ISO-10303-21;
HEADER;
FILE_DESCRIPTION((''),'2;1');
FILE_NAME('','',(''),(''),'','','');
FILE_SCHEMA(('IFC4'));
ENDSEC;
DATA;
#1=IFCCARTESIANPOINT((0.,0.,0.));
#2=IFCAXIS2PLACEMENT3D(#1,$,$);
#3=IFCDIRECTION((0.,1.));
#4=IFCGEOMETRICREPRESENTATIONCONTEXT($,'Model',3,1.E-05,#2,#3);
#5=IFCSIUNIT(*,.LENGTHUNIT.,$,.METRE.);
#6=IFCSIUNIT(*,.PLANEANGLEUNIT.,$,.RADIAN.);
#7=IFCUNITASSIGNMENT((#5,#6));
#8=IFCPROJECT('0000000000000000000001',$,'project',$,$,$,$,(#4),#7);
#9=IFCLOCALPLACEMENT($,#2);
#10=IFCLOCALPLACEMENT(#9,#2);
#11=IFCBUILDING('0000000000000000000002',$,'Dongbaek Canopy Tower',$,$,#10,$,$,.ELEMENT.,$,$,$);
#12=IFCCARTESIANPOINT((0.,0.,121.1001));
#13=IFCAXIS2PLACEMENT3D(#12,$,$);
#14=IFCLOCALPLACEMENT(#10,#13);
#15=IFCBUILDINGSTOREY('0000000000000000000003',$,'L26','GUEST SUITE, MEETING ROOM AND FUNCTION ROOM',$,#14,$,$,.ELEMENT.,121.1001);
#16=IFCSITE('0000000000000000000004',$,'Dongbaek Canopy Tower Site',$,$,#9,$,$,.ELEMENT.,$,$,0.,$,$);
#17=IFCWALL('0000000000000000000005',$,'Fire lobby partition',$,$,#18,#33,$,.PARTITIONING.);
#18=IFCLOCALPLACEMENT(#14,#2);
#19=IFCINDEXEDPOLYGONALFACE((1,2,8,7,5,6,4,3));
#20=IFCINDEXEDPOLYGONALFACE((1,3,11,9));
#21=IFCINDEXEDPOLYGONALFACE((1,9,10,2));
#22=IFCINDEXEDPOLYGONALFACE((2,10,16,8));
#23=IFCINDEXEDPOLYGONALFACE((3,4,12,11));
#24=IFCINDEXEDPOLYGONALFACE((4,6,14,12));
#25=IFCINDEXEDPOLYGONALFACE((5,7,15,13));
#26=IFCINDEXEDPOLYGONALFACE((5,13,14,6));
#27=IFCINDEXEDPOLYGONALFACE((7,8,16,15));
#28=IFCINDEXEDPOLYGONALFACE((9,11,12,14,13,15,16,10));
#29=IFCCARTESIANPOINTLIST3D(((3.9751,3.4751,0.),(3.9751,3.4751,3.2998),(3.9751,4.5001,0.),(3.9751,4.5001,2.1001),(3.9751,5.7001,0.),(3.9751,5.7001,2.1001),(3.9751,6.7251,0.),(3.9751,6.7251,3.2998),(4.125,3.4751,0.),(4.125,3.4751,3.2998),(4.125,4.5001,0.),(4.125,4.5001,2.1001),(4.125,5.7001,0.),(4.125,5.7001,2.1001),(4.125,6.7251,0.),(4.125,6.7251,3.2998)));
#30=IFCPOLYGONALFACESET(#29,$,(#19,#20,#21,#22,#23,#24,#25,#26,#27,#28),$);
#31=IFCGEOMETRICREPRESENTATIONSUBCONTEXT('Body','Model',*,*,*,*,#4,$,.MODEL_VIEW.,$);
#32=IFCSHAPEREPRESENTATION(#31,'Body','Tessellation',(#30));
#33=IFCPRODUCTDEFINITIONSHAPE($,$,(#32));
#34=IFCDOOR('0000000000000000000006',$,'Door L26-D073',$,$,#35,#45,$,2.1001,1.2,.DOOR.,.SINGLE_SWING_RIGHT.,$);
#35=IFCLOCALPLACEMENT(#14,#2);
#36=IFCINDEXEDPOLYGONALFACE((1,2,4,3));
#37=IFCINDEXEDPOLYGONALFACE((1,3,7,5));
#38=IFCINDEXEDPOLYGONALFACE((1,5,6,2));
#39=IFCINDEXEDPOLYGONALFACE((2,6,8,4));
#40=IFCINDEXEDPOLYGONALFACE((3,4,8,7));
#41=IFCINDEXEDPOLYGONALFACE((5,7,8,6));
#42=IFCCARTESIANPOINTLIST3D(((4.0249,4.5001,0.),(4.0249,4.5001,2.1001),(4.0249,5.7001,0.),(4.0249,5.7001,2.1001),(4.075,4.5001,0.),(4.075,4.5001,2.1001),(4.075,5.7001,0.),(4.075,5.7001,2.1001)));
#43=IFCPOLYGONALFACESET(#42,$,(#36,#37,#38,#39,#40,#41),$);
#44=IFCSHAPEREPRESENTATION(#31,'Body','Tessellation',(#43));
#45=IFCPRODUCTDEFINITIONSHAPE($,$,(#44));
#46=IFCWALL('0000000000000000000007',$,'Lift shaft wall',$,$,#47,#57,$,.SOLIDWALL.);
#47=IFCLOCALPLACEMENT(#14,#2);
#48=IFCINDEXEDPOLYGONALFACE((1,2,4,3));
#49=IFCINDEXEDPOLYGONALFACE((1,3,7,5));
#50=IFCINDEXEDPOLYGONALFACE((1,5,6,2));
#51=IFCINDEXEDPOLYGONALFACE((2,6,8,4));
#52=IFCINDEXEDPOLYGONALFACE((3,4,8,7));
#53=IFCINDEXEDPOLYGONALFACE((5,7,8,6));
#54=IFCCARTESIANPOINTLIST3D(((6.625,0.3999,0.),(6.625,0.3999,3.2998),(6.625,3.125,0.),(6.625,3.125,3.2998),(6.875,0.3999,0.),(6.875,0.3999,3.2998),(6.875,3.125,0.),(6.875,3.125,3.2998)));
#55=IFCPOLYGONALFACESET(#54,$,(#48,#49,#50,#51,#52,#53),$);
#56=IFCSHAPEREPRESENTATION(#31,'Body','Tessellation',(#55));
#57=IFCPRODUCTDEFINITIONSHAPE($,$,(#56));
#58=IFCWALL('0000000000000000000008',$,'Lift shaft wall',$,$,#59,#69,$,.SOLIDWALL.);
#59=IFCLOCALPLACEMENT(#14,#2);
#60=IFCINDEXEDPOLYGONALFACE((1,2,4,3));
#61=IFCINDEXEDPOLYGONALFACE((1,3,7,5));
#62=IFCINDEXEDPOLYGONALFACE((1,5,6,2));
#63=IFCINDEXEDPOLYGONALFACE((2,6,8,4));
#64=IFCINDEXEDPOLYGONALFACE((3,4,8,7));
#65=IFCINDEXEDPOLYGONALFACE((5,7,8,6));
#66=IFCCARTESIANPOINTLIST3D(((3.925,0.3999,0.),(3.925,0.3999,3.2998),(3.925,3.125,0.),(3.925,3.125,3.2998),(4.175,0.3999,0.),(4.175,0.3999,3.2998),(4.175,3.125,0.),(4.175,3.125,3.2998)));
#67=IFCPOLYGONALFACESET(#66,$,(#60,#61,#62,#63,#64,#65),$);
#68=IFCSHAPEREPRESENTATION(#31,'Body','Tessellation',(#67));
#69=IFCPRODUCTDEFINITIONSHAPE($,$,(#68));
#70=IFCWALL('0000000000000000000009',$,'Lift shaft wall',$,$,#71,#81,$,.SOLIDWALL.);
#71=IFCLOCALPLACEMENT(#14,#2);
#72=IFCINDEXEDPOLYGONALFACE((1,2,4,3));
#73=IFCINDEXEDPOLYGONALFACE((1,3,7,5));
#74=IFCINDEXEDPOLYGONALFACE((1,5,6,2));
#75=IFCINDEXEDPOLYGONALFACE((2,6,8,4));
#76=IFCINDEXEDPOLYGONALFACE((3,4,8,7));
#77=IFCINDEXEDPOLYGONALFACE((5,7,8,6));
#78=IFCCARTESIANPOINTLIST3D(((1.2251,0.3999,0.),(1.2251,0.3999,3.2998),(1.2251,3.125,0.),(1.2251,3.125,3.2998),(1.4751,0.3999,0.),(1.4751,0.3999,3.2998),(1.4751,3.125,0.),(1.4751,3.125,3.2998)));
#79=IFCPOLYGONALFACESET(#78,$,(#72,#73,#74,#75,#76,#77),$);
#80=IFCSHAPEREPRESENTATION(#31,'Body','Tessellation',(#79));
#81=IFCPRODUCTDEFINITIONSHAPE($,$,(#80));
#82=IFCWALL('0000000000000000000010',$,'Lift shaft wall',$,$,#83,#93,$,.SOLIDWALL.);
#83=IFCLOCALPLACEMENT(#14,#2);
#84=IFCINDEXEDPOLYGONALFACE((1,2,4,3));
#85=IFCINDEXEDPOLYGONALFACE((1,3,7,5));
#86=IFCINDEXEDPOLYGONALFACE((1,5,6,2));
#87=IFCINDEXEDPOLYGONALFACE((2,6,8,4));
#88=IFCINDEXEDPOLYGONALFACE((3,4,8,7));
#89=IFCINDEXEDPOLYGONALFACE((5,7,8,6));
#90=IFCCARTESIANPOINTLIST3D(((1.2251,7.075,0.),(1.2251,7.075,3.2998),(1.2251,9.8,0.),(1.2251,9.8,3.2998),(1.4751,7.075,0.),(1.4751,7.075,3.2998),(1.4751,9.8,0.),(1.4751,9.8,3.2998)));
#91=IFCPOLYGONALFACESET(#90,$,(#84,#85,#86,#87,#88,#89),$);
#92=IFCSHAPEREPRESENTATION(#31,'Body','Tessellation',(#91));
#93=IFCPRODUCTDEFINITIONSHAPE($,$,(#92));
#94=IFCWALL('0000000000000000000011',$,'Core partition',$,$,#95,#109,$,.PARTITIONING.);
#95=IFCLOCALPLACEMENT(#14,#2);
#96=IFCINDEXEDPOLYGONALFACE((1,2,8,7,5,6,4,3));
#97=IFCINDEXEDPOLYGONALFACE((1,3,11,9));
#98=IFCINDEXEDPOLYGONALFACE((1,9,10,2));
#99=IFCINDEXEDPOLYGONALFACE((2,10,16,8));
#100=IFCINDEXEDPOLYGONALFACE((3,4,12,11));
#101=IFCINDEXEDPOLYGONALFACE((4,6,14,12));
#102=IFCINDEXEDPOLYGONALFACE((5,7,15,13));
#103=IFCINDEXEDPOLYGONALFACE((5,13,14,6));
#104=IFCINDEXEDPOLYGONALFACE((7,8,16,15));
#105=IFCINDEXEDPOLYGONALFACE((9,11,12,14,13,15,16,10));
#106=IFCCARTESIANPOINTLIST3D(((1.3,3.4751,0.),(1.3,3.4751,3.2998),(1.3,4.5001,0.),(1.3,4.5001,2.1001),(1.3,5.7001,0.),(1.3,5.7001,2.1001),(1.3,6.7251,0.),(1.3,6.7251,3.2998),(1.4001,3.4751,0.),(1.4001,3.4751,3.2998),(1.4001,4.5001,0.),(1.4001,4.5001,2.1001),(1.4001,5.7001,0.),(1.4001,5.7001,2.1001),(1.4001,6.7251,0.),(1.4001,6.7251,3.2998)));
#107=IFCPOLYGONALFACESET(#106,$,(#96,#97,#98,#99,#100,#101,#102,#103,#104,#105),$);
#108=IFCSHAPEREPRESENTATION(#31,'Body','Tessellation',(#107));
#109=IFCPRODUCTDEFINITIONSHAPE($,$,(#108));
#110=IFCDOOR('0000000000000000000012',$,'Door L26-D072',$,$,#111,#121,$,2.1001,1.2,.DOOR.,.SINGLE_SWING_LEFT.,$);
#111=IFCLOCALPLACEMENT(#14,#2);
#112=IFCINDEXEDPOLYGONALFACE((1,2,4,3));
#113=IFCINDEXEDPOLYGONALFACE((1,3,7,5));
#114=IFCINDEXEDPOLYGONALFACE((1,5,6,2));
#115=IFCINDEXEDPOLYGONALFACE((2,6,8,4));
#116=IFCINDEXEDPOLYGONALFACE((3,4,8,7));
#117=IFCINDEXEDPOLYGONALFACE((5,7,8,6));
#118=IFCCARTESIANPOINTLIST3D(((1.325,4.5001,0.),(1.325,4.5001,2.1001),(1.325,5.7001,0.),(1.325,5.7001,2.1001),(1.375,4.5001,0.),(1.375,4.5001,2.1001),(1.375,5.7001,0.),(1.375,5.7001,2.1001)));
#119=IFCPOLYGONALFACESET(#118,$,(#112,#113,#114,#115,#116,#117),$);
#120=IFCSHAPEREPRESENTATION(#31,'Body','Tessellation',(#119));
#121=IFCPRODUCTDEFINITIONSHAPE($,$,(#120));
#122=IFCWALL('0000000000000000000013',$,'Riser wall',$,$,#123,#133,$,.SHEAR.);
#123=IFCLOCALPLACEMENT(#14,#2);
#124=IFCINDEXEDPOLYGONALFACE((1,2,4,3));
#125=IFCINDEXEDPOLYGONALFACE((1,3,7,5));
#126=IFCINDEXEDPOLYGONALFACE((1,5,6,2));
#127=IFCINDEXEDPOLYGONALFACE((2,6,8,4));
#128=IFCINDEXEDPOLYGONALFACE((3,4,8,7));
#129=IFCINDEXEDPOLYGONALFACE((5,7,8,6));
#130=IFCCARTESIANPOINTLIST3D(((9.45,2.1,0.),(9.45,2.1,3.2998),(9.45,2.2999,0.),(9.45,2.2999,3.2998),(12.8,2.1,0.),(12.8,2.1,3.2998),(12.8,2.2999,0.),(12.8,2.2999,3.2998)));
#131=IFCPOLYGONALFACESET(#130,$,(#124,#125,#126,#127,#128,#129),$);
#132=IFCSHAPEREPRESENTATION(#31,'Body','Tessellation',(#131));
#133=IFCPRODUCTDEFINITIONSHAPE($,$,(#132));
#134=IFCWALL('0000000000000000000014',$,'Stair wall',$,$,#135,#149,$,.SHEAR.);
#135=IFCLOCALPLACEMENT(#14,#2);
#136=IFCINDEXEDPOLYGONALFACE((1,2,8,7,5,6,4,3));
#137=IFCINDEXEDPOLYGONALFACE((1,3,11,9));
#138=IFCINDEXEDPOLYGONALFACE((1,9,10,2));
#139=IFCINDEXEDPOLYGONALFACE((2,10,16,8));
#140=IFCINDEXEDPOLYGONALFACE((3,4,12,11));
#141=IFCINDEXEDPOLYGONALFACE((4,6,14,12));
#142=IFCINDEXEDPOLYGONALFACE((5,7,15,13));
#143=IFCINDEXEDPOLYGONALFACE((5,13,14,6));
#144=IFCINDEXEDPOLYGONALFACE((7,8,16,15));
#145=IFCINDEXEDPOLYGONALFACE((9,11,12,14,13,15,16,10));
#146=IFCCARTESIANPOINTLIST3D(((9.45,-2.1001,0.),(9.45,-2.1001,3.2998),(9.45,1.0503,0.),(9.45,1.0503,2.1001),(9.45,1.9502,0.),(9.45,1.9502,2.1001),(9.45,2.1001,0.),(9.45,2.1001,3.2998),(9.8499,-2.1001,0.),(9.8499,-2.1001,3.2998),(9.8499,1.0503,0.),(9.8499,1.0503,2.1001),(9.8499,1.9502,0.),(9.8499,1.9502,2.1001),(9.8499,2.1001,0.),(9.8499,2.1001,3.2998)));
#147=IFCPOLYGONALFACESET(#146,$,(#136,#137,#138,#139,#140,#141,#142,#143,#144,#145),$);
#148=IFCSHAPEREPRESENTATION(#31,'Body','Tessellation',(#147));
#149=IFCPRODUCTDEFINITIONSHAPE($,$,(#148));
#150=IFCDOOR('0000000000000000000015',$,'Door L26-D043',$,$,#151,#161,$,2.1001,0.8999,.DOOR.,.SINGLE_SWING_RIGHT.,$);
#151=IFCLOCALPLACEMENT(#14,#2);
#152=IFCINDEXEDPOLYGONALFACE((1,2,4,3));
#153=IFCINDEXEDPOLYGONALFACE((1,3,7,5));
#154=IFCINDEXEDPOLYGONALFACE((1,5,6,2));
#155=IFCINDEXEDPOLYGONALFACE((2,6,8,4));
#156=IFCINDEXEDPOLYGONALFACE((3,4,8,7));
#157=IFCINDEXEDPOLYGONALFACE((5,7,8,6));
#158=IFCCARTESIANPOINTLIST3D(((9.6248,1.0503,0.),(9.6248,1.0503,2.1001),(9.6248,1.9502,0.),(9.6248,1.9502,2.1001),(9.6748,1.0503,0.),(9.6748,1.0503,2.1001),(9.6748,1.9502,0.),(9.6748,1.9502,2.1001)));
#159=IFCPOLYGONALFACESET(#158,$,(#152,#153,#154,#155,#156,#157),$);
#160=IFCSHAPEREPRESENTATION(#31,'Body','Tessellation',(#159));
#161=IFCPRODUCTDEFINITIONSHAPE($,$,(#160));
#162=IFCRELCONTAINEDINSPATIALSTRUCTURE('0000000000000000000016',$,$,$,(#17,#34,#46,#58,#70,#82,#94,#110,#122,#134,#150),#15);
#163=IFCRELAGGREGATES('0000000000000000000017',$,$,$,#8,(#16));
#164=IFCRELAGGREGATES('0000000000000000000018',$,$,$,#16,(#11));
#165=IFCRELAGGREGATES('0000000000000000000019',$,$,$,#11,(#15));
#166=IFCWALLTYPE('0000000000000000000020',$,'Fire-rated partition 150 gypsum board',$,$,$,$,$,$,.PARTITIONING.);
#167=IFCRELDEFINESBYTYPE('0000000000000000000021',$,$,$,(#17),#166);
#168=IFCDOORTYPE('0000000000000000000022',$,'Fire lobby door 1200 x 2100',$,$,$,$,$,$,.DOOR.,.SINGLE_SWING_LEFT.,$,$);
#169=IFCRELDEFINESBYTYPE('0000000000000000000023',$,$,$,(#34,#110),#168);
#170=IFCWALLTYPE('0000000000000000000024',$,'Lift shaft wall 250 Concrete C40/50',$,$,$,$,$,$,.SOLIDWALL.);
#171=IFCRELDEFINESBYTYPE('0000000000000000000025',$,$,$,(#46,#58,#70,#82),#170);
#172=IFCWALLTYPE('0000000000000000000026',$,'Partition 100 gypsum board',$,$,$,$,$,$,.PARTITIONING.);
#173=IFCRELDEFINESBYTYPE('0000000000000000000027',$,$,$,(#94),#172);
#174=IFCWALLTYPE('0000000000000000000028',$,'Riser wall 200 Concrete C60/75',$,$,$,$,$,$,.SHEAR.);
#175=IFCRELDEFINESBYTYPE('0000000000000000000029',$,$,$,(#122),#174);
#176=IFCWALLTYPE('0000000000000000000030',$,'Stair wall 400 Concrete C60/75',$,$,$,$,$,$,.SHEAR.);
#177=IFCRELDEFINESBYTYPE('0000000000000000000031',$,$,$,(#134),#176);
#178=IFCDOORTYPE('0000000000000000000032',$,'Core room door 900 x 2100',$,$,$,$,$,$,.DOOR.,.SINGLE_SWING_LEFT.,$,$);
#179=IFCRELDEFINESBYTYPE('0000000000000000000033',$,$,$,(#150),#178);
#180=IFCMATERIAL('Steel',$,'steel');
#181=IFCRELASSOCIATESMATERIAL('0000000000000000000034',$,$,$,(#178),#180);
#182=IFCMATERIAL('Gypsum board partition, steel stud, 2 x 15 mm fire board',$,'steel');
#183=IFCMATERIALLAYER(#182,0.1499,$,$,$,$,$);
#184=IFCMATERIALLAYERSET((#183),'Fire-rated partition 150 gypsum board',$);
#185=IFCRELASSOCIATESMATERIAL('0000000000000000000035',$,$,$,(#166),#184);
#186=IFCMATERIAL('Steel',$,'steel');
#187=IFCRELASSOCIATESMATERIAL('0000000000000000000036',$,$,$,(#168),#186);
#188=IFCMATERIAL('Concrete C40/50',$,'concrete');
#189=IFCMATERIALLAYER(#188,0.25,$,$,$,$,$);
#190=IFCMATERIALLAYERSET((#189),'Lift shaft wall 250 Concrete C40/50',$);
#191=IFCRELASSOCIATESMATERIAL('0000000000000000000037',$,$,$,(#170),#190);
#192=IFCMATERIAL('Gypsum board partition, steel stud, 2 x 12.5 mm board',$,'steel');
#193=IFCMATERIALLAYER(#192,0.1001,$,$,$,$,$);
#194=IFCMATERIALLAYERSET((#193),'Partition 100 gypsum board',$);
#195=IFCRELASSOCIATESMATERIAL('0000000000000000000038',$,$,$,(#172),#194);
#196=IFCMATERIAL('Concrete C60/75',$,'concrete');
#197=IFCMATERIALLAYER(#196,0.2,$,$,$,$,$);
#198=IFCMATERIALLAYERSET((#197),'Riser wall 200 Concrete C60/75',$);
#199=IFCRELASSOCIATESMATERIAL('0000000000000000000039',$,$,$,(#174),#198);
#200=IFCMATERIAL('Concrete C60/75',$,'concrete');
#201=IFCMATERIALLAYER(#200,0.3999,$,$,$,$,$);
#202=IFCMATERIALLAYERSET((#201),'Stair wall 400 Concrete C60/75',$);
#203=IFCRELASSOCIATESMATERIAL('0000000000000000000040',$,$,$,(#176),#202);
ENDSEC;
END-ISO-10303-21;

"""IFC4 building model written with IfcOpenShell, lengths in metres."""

from ifc_helpers import new_model, si_unit, direction, frame, frame_2d, origin, place, context, subcontext, project, spatial, rectangle, extrude, material, layer, layer_set, type_object, element, fill, save


model = new_model("IFC4")

# Units and contexts
model_context = context("Model", 3, precision=1e-05, world=origin(), true_north=direction((0.0, 1.0)))
body_context = subcontext(model_context, "Body", "Model", "MODEL_VIEW")
ifc_project = project(units=[si_unit("LENGTHUNIT", "METRE"), si_unit("PLANEANGLEUNIT", "RADIAN")], contexts=[model_context])

# Site, building, storey
site_placement = place(None, origin())
site = spatial("IfcSite", under=ifc_project, at=site_placement, Name="Dongbaek Canopy Tower Site", CompositionType="ELEMENT", RefElevation=0.0)
building_placement = place(site_placement, origin())
building = spatial("IfcBuilding", under=site, at=building_placement, Name="Dongbaek Canopy Tower", CompositionType="ELEMENT")
storey_placement = place(building_placement, frame((0.0, 0.0, 121.1001)))
storey = spatial("IfcBuildingStorey", under=building, at=storey_placement, Name="L26", Description="GUEST SUITE, MEETING ROOM AND FUNCTION ROOM", CompositionType="ELEMENT", Elevation=121.1001)

# Shared definitions
ifc_material_1 = material(Name="Steel", Category="steel")
door_type_1 = type_object("IfcDoorType", Name="Core room door 900 x 2100", OperationType="SINGLE_SWING_LEFT", PredefinedType="DOOR", material=ifc_material_1)

# Wall, opening, door
ifc_material_2 = material(Name="Gypsum board partition, steel stud, 2 x 15 mm fire board", Category="steel")
ifc_layer_1 = layer(ifc_material_2, 0.1499)
ifc_layer_set_1 = layer_set([ifc_layer_1], Name="Fire-rated partition 150 gypsum board")
wall_type_1 = type_object("IfcWallType", Name="Fire-rated partition 150 gypsum board", PredefinedType="PARTITIONING", material=ifc_layer_set_1)
wall_1_placement = place(storey_placement, frame((4.05, 6.7251, 0.0), z_axis=(0.0, 0.0, 1.0), x_axis=(0.0, -1.0, 0.0)))
wall_1 = element("IfcWall", 1, at=wall_1_placement, inside=storey, type_object=wall_type_1, Name="Fire lobby partition", PredefinedType="PARTITIONING", context=body_context, shape_type="SweptSolid", body=[
    extrude(rectangle(XDim=3.25, YDim=0.1499, at=frame_2d((1.625, 0.0))), origin(), (0.0, 0.0, 1.0), 3.2998),
])
opening_1_placement = place(wall_1_placement, frame((1.0249, 0.0, 0.0)))
opening_1 = element("IfcOpeningElement", 2, at=opening_1_placement, cuts=wall_1, PredefinedType="OPENING", context=body_context, shape_type="SweptSolid", body=[
    extrude(rectangle(XDim=1.2, YDim=2.1001, at=frame_2d((0.6001, 1.05))), frame((0.0, 0.085, 0.0), z_axis=(0.0, -1.0, 0.0), x_axis=(1.0, 0.0, 0.0)), (0.0, 0.0, 1.0), 0.1699),
])
ifc_material_3 = material(Name="Steel", Category="steel")
door_type_2 = type_object("IfcDoorType", Name="Fire lobby door 1200 x 2100", OperationType="SINGLE_SWING_LEFT", PredefinedType="DOOR", material=ifc_material_3)
door_1_placement = place(opening_1_placement, origin())
door_1 = element("IfcDoor", 3, at=door_1_placement, inside=storey, type_object=door_type_2, Name="Door L26-D073", OperationType="SINGLE_SWING_RIGHT", OverallHeight=2.1001, OverallWidth=1.2, PredefinedType="DOOR", context=body_context, shape_type="SweptSolid", body=[
    extrude(rectangle(XDim=1.2, YDim=2.1001, at=frame_2d((0.6001, 1.05))), frame((0.0, 0.0249, 0.0), z_axis=(0.0, -1.0, 0.0), x_axis=(1.0, 0.0, 0.0)), (0.0, 0.0, 1.0), 0.05),
])
fill(opening_1, door_1)

# Walls
ifc_material_4 = material(Name="Concrete C40/50", Category="concrete")
ifc_layer_2 = layer(ifc_material_4, 0.25)
ifc_layer_set_2 = layer_set([ifc_layer_2], Name="Lift shaft wall 250 Concrete C40/50")
wall_type_2 = type_object("IfcWallType", Name="Lift shaft wall 250 Concrete C40/50", PredefinedType="SOLIDWALL", material=ifc_layer_set_2)
for number, where, z_axis, x_axis, name in (
    (4, (6.75, 0.3999, 0.0), (0.0, 0.0, 1.0), (0.0, 1.0, 0.0), "Lift shaft wall"),
    (5, (4.05, 0.3999, 0.0), (0.0, 0.0, 1.0), (0.0, 1.0, 0.0), "Lift shaft wall"),
    (6, (1.3501, 0.3999, 0.0), (0.0, 0.0, 1.0), (0.0, 1.0, 0.0), "Lift shaft wall"),
    (7, (1.3501, 7.075, 0.0), (0.0, 0.0, 1.0), (0.0, 1.0, 0.0), "Lift shaft wall"),
):
    element("IfcWall", number, at=place(storey_placement, frame(where, z_axis=z_axis, x_axis=x_axis)), inside=storey, type_object=wall_type_2, Name=name, PredefinedType="SOLIDWALL", context=body_context, shape_type="SweptSolid", body=[
        extrude(rectangle(XDim=2.7251, YDim=0.25, at=frame_2d((1.3625, 0.0))), origin(), (0.0, 0.0, 1.0), 3.2998),
    ])

# Wall, opening, door
ifc_material_5 = material(Name="Gypsum board partition, steel stud, 2 x 12.5 mm board", Category="steel")
ifc_layer_3 = layer(ifc_material_5, 0.1001)
ifc_layer_set_3 = layer_set([ifc_layer_3], Name="Partition 100 gypsum board")
wall_type_3 = type_object("IfcWallType", Name="Partition 100 gypsum board", PredefinedType="PARTITIONING", material=ifc_layer_set_3)
wall_2_placement = place(storey_placement, frame((1.3501, 6.7251, 0.0), z_axis=(0.0, 0.0, 1.0), x_axis=(0.0, -1.0, 0.0)))
wall_2 = element("IfcWall", 8, at=wall_2_placement, inside=storey, type_object=wall_type_3, Name="Core partition", PredefinedType="PARTITIONING", context=body_context, shape_type="SweptSolid", body=[
    extrude(rectangle(XDim=3.25, YDim=0.1001, at=frame_2d((1.625, 0.0))), origin(), (0.0, 0.0, 1.0), 3.2998),
])
opening_2_placement = place(wall_2_placement, frame((1.0249, 0.0, 0.0)))
opening_2 = element("IfcOpeningElement", 9, at=opening_2_placement, cuts=wall_2, PredefinedType="OPENING", context=body_context, shape_type="SweptSolid", body=[
    extrude(rectangle(XDim=1.2, YDim=2.1001, at=frame_2d((0.6001, 1.05))), frame((0.0, 0.0601, 0.0), z_axis=(0.0, -1.0, 0.0), x_axis=(1.0, 0.0, 0.0)), (0.0, 0.0, 1.0), 0.1201),
])
door_2_placement = place(opening_2_placement, origin())
door_2 = element("IfcDoor", 10, at=door_2_placement, inside=storey, type_object=door_type_2, Name="Door L26-D072", OperationType="SINGLE_SWING_LEFT", OverallHeight=2.1001, OverallWidth=1.2, PredefinedType="DOOR", context=body_context, shape_type="SweptSolid", body=[
    extrude(rectangle(XDim=1.2, YDim=2.1001, at=frame_2d((0.6001, 1.05))), frame((0.0, 0.0249, 0.0), z_axis=(0.0, -1.0, 0.0), x_axis=(1.0, 0.0, 0.0)), (0.0, 0.0, 1.0), 0.05),
])
fill(opening_2, door_2)

# Wall
ifc_material_6 = material(Name="Concrete C60/75", Category="concrete")
ifc_layer_4 = layer(ifc_material_6, 0.2)
ifc_layer_set_4 = layer_set([ifc_layer_4], Name="Riser wall 200 Concrete C60/75")
wall_type_4 = type_object("IfcWallType", Name="Riser wall 200 Concrete C60/75", PredefinedType="SHEAR", material=ifc_layer_set_4)
wall_3_placement = place(storey_placement, frame((9.45, 2.2, 0.0), z_axis=(0.0, 0.0, 1.0), x_axis=(1.0, 0.0, 0.0)))
element("IfcWall", 11, at=wall_3_placement, inside=storey, type_object=wall_type_4, Name="Riser wall", PredefinedType="SHEAR", context=body_context, shape_type="SweptSolid", body=[
    extrude(rectangle(XDim=3.3501, YDim=0.2, at=frame_2d((1.675, 0.0))), origin(), (0.0, 0.0, 1.0), 3.2998),
])

# Wall, opening, door
ifc_material_7 = material(Name="Concrete C60/75", Category="concrete")
ifc_layer_5 = layer(ifc_material_7, 0.3999)
ifc_layer_set_5 = layer_set([ifc_layer_5], Name="Stair wall 400 Concrete C60/75")
wall_type_5 = type_object("IfcWallType", Name="Stair wall 400 Concrete C60/75", PredefinedType="SHEAR", material=ifc_layer_set_5)
wall_4_placement = place(storey_placement, frame((9.6499, 2.1001, 0.0), z_axis=(0.0, 0.0, 1.0), x_axis=(0.0, -1.0, 0.0)))
wall_4 = element("IfcWall", 12, at=wall_4_placement, inside=storey, type_object=wall_type_5, Name="Stair wall", PredefinedType="SHEAR", context=body_context, shape_type="SweptSolid", body=[
    extrude(rectangle(XDim=4.2002, YDim=0.3999, at=frame_2d((2.1001, 0.0))), origin(), (0.0, 0.0, 1.0), 3.2998),
])
opening_3_placement = place(wall_4_placement, frame((0.1499, 0.0, 0.0)))
opening_3 = element("IfcOpeningElement", 13, at=opening_3_placement, cuts=wall_4, PredefinedType="OPENING", context=body_context, shape_type="SweptSolid", body=[
    extrude(rectangle(XDim=0.8999, YDim=2.1001, at=frame_2d((0.45, 1.05))), frame((0.0, 0.21, 0.0), z_axis=(0.0, -1.0, 0.0), x_axis=(1.0, 0.0, 0.0)), (0.0, 0.0, 1.0), 0.4199),
])
door_3_placement = place(opening_3_placement, origin())
door_3 = element("IfcDoor", 14, at=door_3_placement, inside=storey, type_object=door_type_1, Name="Door L26-D043", OperationType="SINGLE_SWING_RIGHT", OverallHeight=2.1001, OverallWidth=0.8999, PredefinedType="DOOR", context=body_context, shape_type="SweptSolid", body=[
    extrude(rectangle(XDim=0.8999, YDim=2.1001, at=frame_2d((0.45, 1.05))), frame((0.0, 0.0249, 0.0), z_axis=(0.0, -1.0, 0.0), x_axis=(1.0, 0.0, 0.0)), (0.0, 0.0, 1.0), 0.05),
])
fill(opening_3, door_3)

save(model, "model.ifc")
